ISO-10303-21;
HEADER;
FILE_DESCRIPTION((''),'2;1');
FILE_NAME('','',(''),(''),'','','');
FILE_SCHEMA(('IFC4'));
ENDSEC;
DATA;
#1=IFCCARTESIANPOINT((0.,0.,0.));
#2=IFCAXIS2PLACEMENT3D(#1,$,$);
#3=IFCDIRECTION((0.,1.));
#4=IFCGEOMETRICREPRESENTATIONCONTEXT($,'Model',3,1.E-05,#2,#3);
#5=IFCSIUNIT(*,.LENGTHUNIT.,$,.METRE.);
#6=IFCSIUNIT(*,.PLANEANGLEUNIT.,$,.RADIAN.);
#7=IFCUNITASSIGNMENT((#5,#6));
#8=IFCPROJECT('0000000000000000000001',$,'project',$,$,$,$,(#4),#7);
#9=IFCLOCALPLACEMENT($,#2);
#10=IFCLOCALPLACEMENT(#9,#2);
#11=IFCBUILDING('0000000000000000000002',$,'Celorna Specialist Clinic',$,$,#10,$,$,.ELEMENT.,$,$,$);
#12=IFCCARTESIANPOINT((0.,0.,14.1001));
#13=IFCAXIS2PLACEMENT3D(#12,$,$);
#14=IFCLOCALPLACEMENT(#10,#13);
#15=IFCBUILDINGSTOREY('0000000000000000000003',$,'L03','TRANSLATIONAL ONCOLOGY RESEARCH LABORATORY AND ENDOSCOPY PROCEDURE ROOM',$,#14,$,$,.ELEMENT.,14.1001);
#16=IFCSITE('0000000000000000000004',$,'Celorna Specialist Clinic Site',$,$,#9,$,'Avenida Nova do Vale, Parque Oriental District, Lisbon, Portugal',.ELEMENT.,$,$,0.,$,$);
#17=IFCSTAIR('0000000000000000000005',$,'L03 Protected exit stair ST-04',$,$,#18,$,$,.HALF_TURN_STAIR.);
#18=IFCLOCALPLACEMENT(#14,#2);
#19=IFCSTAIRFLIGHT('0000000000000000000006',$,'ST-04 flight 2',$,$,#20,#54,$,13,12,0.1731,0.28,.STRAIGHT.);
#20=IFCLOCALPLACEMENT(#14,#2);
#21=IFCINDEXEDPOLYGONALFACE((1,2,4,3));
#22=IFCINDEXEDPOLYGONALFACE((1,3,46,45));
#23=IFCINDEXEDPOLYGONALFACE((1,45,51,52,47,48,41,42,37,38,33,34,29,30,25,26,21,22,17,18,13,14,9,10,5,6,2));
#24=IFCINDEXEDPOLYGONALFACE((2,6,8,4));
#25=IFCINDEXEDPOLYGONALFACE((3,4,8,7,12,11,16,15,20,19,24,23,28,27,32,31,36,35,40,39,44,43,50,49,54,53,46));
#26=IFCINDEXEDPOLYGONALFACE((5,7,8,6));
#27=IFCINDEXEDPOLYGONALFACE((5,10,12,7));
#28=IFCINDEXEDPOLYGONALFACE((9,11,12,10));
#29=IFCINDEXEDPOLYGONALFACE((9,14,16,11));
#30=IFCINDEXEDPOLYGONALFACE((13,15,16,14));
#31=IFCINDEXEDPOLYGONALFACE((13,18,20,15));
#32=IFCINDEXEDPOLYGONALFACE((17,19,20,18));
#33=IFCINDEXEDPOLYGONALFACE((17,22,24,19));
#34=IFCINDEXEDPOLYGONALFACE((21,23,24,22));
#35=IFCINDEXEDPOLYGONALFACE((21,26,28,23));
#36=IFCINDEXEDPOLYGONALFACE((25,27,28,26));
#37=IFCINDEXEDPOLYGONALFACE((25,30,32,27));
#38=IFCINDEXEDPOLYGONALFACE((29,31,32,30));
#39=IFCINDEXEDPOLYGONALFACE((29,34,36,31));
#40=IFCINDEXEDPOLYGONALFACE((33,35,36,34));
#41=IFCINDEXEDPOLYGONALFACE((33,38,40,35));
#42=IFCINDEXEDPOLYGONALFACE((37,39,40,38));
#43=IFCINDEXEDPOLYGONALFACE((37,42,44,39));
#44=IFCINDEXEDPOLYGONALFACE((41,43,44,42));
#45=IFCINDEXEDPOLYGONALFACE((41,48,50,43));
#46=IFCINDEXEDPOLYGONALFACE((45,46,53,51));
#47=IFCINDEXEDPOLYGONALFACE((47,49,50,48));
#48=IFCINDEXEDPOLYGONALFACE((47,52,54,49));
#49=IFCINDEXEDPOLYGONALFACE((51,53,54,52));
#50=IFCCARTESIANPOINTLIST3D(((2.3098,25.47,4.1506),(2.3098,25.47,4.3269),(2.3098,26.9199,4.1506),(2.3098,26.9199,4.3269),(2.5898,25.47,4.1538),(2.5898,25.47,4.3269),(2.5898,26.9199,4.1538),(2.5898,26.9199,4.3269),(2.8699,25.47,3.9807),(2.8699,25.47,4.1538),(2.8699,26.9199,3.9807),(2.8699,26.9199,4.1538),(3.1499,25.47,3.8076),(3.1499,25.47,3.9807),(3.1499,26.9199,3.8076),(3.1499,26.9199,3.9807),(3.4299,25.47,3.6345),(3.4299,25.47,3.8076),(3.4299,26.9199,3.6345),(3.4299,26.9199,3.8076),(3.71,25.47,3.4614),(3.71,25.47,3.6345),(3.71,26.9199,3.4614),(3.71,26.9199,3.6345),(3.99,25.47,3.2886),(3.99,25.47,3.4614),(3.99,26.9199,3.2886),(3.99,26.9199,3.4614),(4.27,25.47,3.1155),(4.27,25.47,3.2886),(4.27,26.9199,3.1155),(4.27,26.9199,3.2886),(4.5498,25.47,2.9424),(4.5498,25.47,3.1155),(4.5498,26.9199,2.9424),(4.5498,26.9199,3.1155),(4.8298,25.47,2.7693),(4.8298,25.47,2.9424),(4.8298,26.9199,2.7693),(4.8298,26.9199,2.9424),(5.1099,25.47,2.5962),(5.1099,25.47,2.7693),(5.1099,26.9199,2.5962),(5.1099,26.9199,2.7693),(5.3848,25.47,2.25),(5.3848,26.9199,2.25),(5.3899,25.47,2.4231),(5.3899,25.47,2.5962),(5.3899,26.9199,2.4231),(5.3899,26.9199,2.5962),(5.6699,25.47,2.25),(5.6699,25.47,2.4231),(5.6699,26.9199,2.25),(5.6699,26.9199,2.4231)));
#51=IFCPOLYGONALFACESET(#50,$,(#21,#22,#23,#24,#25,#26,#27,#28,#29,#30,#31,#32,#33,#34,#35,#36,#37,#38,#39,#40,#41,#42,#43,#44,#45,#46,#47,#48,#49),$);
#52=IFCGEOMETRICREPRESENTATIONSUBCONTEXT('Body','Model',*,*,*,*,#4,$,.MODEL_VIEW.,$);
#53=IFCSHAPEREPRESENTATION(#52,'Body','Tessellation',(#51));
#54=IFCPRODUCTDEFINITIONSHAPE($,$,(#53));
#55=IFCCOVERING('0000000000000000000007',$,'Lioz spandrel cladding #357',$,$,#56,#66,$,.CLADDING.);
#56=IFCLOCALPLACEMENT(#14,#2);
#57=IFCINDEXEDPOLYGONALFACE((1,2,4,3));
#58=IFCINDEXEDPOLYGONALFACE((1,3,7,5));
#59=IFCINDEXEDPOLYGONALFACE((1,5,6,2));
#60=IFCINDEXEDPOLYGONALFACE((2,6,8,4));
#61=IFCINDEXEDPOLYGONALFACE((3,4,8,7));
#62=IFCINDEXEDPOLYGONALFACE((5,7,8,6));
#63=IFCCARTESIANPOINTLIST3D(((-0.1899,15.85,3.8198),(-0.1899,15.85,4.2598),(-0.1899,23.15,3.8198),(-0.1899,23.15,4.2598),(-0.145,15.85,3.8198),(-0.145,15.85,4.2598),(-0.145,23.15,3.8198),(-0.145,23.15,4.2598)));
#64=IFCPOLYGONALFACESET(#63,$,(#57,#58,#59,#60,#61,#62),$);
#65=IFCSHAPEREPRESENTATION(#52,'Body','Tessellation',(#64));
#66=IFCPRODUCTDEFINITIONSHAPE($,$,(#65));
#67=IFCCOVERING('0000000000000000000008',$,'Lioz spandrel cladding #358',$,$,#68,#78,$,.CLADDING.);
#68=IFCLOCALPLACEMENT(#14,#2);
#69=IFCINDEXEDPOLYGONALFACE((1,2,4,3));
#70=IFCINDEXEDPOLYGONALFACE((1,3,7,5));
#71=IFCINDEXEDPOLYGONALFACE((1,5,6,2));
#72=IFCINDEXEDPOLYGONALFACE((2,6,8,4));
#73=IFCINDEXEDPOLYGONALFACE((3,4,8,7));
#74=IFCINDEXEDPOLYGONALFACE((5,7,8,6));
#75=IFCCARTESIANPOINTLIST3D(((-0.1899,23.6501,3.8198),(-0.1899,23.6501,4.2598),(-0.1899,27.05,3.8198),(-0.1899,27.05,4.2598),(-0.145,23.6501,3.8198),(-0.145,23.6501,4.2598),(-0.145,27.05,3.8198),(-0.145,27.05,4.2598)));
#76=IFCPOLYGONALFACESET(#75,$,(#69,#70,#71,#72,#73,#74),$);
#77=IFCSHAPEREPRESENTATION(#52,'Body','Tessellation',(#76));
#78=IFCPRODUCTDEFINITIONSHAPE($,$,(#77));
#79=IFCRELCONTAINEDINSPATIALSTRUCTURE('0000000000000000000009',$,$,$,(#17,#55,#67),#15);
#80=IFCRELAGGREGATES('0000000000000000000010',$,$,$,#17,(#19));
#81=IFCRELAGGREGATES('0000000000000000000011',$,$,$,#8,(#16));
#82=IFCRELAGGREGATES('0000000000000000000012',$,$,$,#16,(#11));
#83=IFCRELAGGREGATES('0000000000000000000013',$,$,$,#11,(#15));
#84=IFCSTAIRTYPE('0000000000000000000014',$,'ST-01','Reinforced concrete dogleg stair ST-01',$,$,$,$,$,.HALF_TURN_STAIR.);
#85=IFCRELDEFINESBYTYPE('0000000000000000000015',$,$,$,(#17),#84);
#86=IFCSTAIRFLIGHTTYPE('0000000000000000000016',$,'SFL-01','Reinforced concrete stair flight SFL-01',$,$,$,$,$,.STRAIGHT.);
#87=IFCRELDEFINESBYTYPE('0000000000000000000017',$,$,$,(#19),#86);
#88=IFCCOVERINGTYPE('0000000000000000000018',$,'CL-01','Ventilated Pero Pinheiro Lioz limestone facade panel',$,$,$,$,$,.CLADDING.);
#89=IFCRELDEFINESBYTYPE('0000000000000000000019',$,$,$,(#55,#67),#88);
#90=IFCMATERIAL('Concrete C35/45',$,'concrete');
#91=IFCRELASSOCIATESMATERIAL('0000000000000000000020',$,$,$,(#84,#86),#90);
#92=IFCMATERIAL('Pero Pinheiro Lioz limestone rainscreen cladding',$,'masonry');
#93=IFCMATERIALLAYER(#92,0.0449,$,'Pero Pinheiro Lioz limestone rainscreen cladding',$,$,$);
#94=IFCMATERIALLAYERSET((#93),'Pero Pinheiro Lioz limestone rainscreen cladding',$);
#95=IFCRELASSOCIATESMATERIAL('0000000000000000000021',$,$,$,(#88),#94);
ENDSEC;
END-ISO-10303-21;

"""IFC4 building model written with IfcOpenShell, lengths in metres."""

from ifc_helpers import new_model, si_unit, direction, frame, origin, origin_2d, place, context, subcontext, project, spatial, polyline, rectangle, outline, extrude, material, layer, layer_set, type_object, element, aggregate, save


model = new_model("IFC4")

# Units and contexts
model_context = context("Model", 3, precision=1e-05, world=origin(), true_north=direction((0.0, 1.0)))
body_context = subcontext(model_context, "Body", "Model", "MODEL_VIEW")
ifc_project = project(units=[si_unit("LENGTHUNIT", "METRE"), si_unit("PLANEANGLEUNIT", "RADIAN")], contexts=[model_context])

# Site, building, storey
site_placement = place(None, origin())
site = spatial("IfcSite", under=ifc_project, at=site_placement, Name="Celorna Specialist Clinic Site", LongName="Avenida Nova do Vale, Parque Oriental District, Lisbon, Portugal", CompositionType="ELEMENT", RefElevation=0.0)
building_placement = place(site_placement, origin())
building = spatial("IfcBuilding", under=site, at=building_placement, Name="Celorna Specialist Clinic", CompositionType="ELEMENT")
storey_placement = place(building_placement, frame((0.0, 0.0, 14.1001)))
storey = spatial("IfcBuildingStorey", under=building, at=storey_placement, Name="L03", Description="TRANSLATIONAL ONCOLOGY RESEARCH LABORATORY AND ENDOSCOPY PROCEDURE ROOM", CompositionType="ELEMENT", Elevation=14.1001)

# Shared definitions
ifc_material_1 = material(Name="Concrete C35/45", Category="concrete")

# Stair, stair flight
stair_type = type_object("IfcStairType", Name="ST-01", Description="Reinforced concrete dogleg stair ST-01", PredefinedType="HALF_TURN_STAIR", material=ifc_material_1)
stair_placement = place(storey_placement, origin())
stair = element("IfcStair", 1, at=stair_placement, inside=storey, type_object=stair_type, Name="L03 Protected exit stair ST-04", PredefinedType="HALF_TURN_STAIR")
stair_flight_type = type_object("IfcStairFlightType", Name="SFL-01", Description="Reinforced concrete stair flight SFL-01", PredefinedType="STRAIGHT", material=ifc_material_1)
stair_flight_1_placement = place(storey_placement, frame((5.6699, 26.1951, 2.25), z_axis=(0.0, 0.0, 1.0), x_axis=(-1.0, 0.0, 0.0)))
stair_flight_1 = element("IfcStairFlight", 2, at=stair_flight_1_placement, type_object=stair_flight_type, Name="ST-04 flight 2", NumberOfRisers=13, NumberOfTreads=12, PredefinedType="STRAIGHT", RiserHeight=0.1731, TreadLength=0.28, context=body_context, shape_type="SweptSolid", body=[
    extrude(outline(polyline([(0.0, 0.0), (0.0, 0.1731), (0.28, 0.1731), (0.28, 0.3462), (0.5601, 0.3462), (0.5601, 0.5193), (0.8401, 0.5193), (0.8401, 0.6924), (1.1201, 0.6924), (1.1201, 0.8655), (1.3999, 0.8655), (1.3999, 1.0386), (1.6799, 1.0386), (1.6799, 1.2114), (1.96, 1.2114), (1.96, 1.3845), (2.24, 1.3845), (2.24, 1.5576), (2.52, 1.5576), (2.52, 1.7307), (2.8, 1.7307), (2.8, 1.9038), (3.0801, 1.9038), (3.0801, 2.0769), (3.3601, 2.0769), (3.3601, 2.25), (3.3601, 1.9006), (0.2852, 0.0), (0.0, 0.0)])), frame((0.0, 0.7251, 0.0), z_axis=(0.0, -1.0, 0.0), x_axis=(1.0, 0.0, 0.0)), (0.0, 0.0, 1.0), 1.45),
])
aggregate(stair, [stair_flight_1])

# Coverings
ifc_material_2 = material(Name="Pero Pinheiro Lioz limestone rainscreen cladding", Category="masonry")
ifc_layer_1 = layer(ifc_material_2, 0.0449, Name="Pero Pinheiro Lioz limestone rainscreen cladding")
ifc_layer_set_1 = layer_set([ifc_layer_1], Name="Pero Pinheiro Lioz limestone rainscreen cladding")
covering_type = type_object("IfcCoveringType", Name="CL-01", Description="Ventilated Pero Pinheiro Lioz limestone facade panel", PredefinedType="CLADDING", material=ifc_layer_set_1)
covering_1_placement = place(storey_placement, frame((-0.1675, 19.5, 3.8198), z_axis=(0.0, 0.0, 1.0), x_axis=(0.0, 1.0, 0.0)))
element("IfcCovering", 3, at=covering_1_placement, inside=storey, type_object=covering_type, Name="Lioz spandrel cladding #357", PredefinedType="CLADDING", context=body_context, shape_type="SweptSolid", body=[
    extrude(rectangle(XDim=7.3, YDim=0.0449, at=origin_2d()), origin(), (0.0, 0.0, 1.0), 0.4399),
])
covering_2_placement = place(storey_placement, frame((-0.1675, 25.3501, 3.8198), z_axis=(0.0, 0.0, 1.0), x_axis=(0.0, 1.0, 0.0)))
element("IfcCovering", 4, at=covering_2_placement, inside=storey, type_object=covering_type, Name="Lioz spandrel cladding #358", PredefinedType="CLADDING", context=body_context, shape_type="SweptSolid", body=[
    extrude(rectangle(XDim=3.3999, YDim=0.0449, at=origin_2d()), origin(), (0.0, 0.0, 1.0), 0.4399),
])

save(model, "model.ifc")
